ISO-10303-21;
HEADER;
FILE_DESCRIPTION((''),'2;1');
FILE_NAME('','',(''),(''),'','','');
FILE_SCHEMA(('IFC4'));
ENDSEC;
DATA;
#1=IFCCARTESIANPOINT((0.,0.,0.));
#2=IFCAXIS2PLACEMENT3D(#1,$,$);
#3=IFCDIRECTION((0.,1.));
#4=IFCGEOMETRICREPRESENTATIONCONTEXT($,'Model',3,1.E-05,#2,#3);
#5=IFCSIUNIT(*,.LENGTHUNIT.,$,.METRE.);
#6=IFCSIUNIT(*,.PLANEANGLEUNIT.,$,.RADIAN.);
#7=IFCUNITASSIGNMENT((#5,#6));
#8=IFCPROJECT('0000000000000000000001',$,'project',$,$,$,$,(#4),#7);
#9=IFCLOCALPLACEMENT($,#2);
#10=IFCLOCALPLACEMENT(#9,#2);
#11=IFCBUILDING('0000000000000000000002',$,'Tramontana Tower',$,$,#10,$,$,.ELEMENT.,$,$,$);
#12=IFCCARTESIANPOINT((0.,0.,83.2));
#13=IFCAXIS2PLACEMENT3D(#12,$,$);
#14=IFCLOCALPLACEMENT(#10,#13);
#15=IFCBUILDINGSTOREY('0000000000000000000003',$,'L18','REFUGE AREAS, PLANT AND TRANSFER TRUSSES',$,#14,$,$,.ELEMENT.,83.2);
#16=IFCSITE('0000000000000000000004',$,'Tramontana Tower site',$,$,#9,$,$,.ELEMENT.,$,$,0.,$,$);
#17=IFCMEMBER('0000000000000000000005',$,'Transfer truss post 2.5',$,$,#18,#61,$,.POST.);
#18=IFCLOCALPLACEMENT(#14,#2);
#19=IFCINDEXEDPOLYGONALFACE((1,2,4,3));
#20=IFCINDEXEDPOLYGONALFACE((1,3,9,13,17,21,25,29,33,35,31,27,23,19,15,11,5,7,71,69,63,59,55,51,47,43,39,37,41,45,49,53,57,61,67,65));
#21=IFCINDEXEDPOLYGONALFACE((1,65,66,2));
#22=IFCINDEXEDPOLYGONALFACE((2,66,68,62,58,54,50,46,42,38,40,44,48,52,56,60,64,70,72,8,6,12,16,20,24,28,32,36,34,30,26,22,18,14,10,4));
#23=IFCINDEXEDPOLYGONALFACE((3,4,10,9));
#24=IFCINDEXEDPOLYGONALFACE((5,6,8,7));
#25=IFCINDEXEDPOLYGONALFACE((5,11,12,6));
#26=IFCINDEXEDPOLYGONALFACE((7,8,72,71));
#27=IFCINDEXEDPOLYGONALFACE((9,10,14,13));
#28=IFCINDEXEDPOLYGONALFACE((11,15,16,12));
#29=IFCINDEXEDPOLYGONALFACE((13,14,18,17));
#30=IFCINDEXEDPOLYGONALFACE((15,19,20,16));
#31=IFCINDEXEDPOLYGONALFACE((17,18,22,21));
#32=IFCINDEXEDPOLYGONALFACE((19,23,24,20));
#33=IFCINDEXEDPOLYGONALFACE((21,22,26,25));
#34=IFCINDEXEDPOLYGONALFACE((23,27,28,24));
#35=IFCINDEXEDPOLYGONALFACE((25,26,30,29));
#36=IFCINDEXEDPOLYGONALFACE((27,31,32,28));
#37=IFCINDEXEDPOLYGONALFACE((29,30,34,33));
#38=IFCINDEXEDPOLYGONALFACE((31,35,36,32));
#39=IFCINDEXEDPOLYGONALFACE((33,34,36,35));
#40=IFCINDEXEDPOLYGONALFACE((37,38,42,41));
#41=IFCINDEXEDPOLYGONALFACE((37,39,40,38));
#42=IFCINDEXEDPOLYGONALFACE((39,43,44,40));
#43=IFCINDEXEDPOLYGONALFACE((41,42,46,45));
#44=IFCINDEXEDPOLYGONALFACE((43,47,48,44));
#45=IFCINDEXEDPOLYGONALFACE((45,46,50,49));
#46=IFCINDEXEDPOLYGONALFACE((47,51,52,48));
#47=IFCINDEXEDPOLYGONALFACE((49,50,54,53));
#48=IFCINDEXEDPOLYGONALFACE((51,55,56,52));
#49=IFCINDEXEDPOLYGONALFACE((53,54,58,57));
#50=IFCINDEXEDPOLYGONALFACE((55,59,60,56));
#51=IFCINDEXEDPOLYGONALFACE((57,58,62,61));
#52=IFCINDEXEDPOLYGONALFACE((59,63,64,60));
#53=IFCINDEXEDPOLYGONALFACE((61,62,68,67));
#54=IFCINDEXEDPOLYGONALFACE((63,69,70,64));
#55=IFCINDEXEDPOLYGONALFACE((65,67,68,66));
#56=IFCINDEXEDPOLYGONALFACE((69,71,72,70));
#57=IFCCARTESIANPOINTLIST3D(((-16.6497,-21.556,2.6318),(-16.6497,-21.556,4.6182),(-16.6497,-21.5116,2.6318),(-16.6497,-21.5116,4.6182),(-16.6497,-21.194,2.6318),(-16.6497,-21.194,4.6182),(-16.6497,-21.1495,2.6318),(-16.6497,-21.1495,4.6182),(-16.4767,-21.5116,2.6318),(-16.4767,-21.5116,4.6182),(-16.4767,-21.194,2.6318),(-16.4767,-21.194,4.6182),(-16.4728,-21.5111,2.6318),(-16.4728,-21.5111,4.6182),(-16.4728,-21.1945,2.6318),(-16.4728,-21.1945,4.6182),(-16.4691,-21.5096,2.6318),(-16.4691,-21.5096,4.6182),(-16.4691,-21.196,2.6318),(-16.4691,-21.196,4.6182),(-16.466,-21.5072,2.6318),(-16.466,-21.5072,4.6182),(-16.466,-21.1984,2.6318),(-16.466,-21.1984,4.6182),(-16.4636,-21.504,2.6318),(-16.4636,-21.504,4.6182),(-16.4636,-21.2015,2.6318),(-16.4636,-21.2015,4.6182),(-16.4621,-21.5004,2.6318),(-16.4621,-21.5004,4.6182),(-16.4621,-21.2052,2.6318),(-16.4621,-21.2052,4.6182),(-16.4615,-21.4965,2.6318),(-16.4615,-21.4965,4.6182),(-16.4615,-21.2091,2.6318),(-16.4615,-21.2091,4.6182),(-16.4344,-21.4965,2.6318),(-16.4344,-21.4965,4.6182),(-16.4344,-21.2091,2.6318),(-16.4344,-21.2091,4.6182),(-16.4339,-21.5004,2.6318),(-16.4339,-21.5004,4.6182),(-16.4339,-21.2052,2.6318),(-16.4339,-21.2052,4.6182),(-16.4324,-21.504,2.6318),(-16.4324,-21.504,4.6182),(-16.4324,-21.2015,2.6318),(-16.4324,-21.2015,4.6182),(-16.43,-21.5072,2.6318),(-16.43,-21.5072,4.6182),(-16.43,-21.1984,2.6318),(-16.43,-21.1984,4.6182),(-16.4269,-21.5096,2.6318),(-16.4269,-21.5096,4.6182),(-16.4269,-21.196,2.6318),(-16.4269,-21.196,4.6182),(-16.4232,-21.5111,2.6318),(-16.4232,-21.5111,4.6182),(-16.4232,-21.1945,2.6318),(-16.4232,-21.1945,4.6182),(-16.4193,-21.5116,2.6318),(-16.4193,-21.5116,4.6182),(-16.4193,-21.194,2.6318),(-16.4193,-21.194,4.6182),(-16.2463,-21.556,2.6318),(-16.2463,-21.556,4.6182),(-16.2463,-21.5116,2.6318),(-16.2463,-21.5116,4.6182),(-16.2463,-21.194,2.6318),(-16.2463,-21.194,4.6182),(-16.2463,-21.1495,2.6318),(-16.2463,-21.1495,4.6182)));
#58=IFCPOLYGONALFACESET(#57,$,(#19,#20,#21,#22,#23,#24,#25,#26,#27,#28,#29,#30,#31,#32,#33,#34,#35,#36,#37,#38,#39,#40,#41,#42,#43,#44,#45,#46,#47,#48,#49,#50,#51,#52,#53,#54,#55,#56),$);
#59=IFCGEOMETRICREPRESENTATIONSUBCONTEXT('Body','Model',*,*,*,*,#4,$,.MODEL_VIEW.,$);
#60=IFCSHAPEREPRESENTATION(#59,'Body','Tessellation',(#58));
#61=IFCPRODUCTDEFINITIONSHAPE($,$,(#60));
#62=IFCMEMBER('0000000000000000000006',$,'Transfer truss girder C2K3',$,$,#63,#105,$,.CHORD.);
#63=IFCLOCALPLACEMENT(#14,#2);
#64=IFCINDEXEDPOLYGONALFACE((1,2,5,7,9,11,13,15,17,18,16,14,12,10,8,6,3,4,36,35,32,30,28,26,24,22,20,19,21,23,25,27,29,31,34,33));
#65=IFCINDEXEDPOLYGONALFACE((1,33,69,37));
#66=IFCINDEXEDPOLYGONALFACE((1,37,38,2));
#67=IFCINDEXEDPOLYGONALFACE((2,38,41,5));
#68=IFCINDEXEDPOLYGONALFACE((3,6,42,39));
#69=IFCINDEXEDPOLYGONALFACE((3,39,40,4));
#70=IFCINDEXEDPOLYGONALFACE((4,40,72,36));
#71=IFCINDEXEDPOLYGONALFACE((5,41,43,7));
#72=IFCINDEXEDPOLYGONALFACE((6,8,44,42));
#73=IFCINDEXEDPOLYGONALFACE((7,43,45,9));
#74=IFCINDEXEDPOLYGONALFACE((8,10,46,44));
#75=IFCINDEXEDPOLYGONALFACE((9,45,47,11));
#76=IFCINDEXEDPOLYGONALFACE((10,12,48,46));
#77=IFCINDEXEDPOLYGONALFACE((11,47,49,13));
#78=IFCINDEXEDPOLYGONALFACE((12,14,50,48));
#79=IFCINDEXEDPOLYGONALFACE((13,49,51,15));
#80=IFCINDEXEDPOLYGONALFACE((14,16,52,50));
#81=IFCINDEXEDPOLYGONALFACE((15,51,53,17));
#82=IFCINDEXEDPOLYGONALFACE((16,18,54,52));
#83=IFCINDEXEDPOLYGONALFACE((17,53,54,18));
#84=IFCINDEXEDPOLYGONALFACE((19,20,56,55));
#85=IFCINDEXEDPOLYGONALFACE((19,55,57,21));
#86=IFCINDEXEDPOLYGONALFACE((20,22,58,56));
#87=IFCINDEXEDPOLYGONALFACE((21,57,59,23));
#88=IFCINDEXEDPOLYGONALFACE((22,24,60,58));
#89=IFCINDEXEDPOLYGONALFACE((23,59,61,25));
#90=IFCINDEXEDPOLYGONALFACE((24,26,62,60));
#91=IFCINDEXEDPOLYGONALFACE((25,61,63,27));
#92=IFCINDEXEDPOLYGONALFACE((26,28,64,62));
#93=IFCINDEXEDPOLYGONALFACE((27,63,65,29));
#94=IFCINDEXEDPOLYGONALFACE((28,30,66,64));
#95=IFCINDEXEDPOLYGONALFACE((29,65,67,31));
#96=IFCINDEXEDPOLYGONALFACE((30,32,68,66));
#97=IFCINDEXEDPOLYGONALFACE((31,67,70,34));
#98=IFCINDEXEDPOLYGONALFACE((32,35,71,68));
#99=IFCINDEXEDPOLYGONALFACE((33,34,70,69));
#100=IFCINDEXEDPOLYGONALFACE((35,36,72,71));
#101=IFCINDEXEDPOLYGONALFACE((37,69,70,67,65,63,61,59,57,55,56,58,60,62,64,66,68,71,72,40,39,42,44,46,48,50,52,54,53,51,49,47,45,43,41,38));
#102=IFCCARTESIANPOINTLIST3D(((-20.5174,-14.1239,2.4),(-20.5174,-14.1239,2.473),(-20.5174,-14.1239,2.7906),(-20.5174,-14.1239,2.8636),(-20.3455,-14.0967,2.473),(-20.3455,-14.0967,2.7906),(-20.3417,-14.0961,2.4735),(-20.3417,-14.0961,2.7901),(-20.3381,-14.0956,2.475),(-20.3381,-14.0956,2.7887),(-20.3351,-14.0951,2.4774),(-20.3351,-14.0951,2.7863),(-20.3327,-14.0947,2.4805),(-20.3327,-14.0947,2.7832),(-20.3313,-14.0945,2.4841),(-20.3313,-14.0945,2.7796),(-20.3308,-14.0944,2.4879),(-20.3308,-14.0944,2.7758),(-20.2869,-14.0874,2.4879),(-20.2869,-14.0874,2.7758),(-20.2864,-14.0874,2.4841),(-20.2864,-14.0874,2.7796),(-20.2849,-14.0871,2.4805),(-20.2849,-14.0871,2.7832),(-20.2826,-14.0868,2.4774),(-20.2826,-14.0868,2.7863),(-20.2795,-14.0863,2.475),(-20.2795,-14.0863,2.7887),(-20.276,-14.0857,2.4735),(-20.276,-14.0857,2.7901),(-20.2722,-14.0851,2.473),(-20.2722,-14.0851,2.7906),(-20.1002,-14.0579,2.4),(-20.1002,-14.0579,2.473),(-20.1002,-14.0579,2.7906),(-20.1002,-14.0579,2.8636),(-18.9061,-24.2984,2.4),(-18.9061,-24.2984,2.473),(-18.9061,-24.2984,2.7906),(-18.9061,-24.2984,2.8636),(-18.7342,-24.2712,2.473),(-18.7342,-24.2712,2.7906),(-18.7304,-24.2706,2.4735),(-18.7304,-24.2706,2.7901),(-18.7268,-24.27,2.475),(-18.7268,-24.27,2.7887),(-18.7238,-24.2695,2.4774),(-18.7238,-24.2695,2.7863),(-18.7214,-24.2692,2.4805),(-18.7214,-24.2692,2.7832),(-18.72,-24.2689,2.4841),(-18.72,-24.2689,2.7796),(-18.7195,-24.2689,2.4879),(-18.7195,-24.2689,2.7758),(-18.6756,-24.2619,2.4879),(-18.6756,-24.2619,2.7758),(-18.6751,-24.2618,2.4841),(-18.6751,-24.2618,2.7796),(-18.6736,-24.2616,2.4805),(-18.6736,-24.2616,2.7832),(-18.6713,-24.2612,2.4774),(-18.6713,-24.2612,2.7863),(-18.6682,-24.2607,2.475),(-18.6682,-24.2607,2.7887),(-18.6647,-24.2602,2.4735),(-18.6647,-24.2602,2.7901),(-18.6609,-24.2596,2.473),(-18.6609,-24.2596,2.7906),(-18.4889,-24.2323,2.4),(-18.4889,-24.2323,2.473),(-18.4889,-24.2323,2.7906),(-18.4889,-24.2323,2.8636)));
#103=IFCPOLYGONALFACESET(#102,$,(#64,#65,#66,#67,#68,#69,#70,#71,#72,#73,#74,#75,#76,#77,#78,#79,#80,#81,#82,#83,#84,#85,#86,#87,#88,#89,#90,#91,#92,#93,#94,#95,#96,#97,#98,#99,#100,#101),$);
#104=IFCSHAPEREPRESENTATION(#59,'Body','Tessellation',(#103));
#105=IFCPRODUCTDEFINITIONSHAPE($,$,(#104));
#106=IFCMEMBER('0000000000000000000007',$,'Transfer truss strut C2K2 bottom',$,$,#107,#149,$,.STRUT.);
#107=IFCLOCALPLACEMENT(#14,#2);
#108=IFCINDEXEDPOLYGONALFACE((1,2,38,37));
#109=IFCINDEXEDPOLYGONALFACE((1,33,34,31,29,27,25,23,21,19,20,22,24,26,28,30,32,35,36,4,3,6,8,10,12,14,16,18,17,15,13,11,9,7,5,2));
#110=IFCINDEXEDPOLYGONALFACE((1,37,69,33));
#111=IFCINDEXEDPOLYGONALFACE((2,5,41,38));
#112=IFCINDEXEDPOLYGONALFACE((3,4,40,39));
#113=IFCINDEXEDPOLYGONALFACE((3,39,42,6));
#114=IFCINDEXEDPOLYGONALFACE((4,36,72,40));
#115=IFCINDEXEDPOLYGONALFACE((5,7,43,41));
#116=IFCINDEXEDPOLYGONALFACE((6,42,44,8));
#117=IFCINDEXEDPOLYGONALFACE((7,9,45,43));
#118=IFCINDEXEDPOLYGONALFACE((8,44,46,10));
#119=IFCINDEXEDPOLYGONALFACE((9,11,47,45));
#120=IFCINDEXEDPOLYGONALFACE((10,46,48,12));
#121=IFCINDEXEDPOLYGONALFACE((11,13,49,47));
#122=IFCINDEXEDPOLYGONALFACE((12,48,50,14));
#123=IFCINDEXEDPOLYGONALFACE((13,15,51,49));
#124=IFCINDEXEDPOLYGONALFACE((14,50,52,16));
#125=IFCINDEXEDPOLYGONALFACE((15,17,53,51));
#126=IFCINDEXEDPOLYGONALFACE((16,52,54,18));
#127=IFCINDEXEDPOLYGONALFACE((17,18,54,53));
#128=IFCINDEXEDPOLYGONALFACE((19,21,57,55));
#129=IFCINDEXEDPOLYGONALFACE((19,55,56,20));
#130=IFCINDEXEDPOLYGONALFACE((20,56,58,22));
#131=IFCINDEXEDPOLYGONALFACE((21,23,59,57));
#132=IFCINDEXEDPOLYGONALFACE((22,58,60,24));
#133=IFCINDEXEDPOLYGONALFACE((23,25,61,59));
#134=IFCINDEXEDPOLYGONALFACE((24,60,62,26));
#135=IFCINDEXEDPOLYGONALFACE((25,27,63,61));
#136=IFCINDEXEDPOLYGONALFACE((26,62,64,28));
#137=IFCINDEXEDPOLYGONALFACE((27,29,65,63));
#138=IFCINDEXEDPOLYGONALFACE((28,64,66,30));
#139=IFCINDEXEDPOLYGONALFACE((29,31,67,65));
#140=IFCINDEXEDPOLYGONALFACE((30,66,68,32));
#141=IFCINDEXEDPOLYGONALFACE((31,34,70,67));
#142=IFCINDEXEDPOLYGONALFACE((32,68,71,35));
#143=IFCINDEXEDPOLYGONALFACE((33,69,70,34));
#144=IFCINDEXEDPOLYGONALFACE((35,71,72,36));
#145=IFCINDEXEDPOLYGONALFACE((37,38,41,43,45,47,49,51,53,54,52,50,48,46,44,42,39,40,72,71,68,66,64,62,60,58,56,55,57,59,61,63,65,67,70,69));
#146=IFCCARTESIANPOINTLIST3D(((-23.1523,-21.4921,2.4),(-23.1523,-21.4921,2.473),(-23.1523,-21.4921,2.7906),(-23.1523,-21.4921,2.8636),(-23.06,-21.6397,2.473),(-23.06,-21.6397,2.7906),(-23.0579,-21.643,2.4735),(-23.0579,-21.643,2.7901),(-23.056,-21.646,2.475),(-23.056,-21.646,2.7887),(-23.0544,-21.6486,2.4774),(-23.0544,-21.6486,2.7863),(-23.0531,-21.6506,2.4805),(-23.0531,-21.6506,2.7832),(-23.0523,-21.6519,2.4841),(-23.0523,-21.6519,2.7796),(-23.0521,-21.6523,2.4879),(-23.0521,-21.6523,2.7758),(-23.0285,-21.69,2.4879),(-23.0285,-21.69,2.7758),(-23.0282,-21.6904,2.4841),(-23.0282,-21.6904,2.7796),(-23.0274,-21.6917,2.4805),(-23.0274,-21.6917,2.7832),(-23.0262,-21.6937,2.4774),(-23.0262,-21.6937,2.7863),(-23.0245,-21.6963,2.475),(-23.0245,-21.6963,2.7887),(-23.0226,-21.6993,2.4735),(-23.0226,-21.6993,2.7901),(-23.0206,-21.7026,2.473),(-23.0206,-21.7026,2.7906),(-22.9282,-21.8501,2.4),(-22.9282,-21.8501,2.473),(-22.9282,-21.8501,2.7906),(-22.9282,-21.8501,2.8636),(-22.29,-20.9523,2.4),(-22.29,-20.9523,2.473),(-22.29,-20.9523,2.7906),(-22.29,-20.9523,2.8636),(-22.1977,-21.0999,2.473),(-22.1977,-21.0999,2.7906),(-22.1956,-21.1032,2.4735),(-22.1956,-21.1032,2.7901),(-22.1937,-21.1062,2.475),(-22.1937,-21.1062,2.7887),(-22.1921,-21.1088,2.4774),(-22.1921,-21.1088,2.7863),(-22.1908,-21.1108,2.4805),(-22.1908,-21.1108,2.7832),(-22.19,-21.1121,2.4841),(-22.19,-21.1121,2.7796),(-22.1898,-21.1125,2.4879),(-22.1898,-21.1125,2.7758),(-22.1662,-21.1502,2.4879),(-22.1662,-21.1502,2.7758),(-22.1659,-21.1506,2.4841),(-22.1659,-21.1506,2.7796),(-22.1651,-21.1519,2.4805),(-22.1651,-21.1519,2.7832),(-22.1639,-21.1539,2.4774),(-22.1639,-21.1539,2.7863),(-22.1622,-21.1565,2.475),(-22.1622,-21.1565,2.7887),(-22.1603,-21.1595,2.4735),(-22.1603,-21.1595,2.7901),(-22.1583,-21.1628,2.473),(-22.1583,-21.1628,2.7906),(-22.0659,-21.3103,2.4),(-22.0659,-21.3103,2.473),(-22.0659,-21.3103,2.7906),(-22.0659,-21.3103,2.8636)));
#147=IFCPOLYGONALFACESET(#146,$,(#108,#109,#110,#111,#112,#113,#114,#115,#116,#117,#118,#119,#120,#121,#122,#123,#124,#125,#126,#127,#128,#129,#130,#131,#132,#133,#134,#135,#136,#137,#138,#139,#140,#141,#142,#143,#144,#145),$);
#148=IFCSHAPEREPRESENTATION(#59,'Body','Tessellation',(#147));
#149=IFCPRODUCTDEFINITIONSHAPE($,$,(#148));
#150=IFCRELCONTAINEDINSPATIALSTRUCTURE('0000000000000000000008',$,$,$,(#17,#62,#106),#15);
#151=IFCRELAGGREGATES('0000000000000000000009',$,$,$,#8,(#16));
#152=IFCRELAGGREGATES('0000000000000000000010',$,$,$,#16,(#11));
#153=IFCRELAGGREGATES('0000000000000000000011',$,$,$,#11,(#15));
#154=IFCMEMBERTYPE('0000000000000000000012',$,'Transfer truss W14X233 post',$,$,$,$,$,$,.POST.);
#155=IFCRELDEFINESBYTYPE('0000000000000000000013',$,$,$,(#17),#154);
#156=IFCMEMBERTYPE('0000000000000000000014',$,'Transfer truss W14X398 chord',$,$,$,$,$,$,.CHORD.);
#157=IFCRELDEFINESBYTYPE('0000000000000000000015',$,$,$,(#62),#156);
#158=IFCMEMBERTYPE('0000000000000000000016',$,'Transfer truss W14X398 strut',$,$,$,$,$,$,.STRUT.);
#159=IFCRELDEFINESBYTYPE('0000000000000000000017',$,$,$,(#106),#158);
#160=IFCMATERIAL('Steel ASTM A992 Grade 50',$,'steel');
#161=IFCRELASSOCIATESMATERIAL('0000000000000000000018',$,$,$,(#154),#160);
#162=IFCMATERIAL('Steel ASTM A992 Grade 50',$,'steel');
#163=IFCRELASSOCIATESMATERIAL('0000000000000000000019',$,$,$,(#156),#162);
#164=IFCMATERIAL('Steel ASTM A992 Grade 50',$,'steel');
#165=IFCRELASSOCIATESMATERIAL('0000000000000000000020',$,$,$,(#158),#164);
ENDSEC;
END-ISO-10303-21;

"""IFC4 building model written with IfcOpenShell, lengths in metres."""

from ifc_helpers import new_model, si_unit, direction, frame, origin, origin_2d, place, context, subcontext, project, spatial, i_section, extrude, material, material_profile, profile_set, type_object, element, save


model = new_model("IFC4")

# Units and contexts
model_context = context("Model", 3, precision=1e-05, world=origin(), true_north=direction((0.0, 1.0)))
body_context = subcontext(model_context, "Body", "Model", "MODEL_VIEW")
ifc_project = project(units=[si_unit("LENGTHUNIT", "METRE"), si_unit("PLANEANGLEUNIT", "RADIAN")], contexts=[model_context])

# Site, building, storey
site_placement = place(None, origin())
site = spatial("IfcSite", under=ifc_project, at=site_placement, Name="Tramontana Tower site", CompositionType="ELEMENT", RefElevation=0.0)
building_placement = place(site_placement, origin())
building = spatial("IfcBuilding", under=site, at=building_placement, Name="Tramontana Tower", CompositionType="ELEMENT")
storey_placement = place(building_placement, frame((0.0, 0.0, 83.2)))
storey = spatial("IfcBuildingStorey", under=building, at=storey_placement, Name="L18", Description="REFUGE AREAS, PLANT AND TRANSFER TRUSSES", CompositionType="ELEMENT", Elevation=83.2)

# Members
ifc_material_1 = material(Name="Steel ASTM A992 Grade 50", Category="steel")
ifc_material_profile_1 = material_profile(ifc_material_1, i_section(OverallWidth=0.4033, OverallDepth=0.4065, WebThickness=0.0271, FlangeThickness=0.0444, FilletRadius=0.0151, at=origin_2d()), Name="W14X233")
ifc_profile_set_1 = profile_set([ifc_material_profile_1], Name="Steel ASTM A992 Grade 50")
member_type_1 = type_object("IfcMemberType", Name="Transfer truss W14X233 post", PredefinedType="POST", material=ifc_profile_set_1)
for number, where, z_axis, x_axis, name in (
    (1, (-16.448, -21.3528, 2.6318), (0.0, 0.0, 1.0), (1.0, 0.0, 0.0), "Transfer truss post 2.5"),
):
    element("IfcMember", number, at=place(storey_placement, frame(where, z_axis=z_axis, x_axis=x_axis)), inside=storey, type_object=member_type_1, Name=name, PredefinedType="POST", context=body_context, shape_type="SweptSolid", body=[
        extrude(i_section(OverallWidth=0.4033, OverallDepth=0.4065, WebThickness=0.0271, FlangeThickness=0.0444, FilletRadius=0.0151, at=origin_2d()), origin(), (0.0, 0.0, 1.0), 1.9863),
    ])
ifc_material_2 = material(Name="Steel ASTM A992 Grade 50", Category="steel")
ifc_material_profile_2 = material_profile(ifc_material_2, i_section(OverallWidth=0.4224, OverallDepth=0.4636, WebThickness=0.0444, FlangeThickness=0.073, FilletRadius=0.0149, at=origin_2d()), Name="W14X398")
ifc_profile_set_2 = profile_set([ifc_material_profile_2], Name="Steel ASTM A992 Grade 50")
member_type_2 = type_object("IfcMemberType", Name="Transfer truss W14X398 chord", PredefinedType="CHORD", material=ifc_profile_set_2)
member_1_placement = place(storey_placement, frame((-18.6975, -24.2654, 2.6318), z_axis=(-0.156419, 0.987691, 0.0), x_axis=(-0.987691, -0.156419, 0.0)))
element("IfcMember", 2, at=member_1_placement, inside=storey, type_object=member_type_2, Name="Transfer truss girder C2K3", PredefinedType="CHORD", context=body_context, shape_type="SweptSolid", body=[
    extrude(i_section(OverallWidth=0.4224, OverallDepth=0.4636, WebThickness=0.0444, FlangeThickness=0.073, FilletRadius=0.0149, at=origin_2d()), origin(), (0.0, 0.0, 1.0), 10.3013),
])
ifc_material_3 = material(Name="Steel ASTM A992 Grade 50", Category="steel")
ifc_material_profile_3 = material_profile(ifc_material_3, i_section(OverallWidth=0.4224, OverallDepth=0.4636, WebThickness=0.0444, FlangeThickness=0.073, FilletRadius=0.0149, at=origin_2d()), Name="W14X398")
ifc_profile_set_3 = profile_set([ifc_material_profile_3], Name="Steel ASTM A992 Grade 50")
member_type_3 = type_object("IfcMemberType", Name="Transfer truss W14X398 strut", PredefinedType="STRUT", material=ifc_profile_set_3)
member_2_placement = place(storey_placement, frame((-23.0403, -21.6711, 2.6318), z_axis=(0.847621, 0.530603, 0.0), x_axis=(-0.530603, 0.847621, 0.0)))
element("IfcMember", 3, at=member_2_placement, inside=storey, type_object=member_type_3, Name="Transfer truss strut C2K2 bottom", PredefinedType="STRUT", context=body_context, shape_type="SweptSolid", body=[
    extrude(i_section(OverallWidth=0.4224, OverallDepth=0.4636, WebThickness=0.0444, FlangeThickness=0.073, FilletRadius=0.0149, at=origin_2d()), origin(), (0.0, 0.0, 1.0), 1.0173),
])

save(model, "model.ifc")
